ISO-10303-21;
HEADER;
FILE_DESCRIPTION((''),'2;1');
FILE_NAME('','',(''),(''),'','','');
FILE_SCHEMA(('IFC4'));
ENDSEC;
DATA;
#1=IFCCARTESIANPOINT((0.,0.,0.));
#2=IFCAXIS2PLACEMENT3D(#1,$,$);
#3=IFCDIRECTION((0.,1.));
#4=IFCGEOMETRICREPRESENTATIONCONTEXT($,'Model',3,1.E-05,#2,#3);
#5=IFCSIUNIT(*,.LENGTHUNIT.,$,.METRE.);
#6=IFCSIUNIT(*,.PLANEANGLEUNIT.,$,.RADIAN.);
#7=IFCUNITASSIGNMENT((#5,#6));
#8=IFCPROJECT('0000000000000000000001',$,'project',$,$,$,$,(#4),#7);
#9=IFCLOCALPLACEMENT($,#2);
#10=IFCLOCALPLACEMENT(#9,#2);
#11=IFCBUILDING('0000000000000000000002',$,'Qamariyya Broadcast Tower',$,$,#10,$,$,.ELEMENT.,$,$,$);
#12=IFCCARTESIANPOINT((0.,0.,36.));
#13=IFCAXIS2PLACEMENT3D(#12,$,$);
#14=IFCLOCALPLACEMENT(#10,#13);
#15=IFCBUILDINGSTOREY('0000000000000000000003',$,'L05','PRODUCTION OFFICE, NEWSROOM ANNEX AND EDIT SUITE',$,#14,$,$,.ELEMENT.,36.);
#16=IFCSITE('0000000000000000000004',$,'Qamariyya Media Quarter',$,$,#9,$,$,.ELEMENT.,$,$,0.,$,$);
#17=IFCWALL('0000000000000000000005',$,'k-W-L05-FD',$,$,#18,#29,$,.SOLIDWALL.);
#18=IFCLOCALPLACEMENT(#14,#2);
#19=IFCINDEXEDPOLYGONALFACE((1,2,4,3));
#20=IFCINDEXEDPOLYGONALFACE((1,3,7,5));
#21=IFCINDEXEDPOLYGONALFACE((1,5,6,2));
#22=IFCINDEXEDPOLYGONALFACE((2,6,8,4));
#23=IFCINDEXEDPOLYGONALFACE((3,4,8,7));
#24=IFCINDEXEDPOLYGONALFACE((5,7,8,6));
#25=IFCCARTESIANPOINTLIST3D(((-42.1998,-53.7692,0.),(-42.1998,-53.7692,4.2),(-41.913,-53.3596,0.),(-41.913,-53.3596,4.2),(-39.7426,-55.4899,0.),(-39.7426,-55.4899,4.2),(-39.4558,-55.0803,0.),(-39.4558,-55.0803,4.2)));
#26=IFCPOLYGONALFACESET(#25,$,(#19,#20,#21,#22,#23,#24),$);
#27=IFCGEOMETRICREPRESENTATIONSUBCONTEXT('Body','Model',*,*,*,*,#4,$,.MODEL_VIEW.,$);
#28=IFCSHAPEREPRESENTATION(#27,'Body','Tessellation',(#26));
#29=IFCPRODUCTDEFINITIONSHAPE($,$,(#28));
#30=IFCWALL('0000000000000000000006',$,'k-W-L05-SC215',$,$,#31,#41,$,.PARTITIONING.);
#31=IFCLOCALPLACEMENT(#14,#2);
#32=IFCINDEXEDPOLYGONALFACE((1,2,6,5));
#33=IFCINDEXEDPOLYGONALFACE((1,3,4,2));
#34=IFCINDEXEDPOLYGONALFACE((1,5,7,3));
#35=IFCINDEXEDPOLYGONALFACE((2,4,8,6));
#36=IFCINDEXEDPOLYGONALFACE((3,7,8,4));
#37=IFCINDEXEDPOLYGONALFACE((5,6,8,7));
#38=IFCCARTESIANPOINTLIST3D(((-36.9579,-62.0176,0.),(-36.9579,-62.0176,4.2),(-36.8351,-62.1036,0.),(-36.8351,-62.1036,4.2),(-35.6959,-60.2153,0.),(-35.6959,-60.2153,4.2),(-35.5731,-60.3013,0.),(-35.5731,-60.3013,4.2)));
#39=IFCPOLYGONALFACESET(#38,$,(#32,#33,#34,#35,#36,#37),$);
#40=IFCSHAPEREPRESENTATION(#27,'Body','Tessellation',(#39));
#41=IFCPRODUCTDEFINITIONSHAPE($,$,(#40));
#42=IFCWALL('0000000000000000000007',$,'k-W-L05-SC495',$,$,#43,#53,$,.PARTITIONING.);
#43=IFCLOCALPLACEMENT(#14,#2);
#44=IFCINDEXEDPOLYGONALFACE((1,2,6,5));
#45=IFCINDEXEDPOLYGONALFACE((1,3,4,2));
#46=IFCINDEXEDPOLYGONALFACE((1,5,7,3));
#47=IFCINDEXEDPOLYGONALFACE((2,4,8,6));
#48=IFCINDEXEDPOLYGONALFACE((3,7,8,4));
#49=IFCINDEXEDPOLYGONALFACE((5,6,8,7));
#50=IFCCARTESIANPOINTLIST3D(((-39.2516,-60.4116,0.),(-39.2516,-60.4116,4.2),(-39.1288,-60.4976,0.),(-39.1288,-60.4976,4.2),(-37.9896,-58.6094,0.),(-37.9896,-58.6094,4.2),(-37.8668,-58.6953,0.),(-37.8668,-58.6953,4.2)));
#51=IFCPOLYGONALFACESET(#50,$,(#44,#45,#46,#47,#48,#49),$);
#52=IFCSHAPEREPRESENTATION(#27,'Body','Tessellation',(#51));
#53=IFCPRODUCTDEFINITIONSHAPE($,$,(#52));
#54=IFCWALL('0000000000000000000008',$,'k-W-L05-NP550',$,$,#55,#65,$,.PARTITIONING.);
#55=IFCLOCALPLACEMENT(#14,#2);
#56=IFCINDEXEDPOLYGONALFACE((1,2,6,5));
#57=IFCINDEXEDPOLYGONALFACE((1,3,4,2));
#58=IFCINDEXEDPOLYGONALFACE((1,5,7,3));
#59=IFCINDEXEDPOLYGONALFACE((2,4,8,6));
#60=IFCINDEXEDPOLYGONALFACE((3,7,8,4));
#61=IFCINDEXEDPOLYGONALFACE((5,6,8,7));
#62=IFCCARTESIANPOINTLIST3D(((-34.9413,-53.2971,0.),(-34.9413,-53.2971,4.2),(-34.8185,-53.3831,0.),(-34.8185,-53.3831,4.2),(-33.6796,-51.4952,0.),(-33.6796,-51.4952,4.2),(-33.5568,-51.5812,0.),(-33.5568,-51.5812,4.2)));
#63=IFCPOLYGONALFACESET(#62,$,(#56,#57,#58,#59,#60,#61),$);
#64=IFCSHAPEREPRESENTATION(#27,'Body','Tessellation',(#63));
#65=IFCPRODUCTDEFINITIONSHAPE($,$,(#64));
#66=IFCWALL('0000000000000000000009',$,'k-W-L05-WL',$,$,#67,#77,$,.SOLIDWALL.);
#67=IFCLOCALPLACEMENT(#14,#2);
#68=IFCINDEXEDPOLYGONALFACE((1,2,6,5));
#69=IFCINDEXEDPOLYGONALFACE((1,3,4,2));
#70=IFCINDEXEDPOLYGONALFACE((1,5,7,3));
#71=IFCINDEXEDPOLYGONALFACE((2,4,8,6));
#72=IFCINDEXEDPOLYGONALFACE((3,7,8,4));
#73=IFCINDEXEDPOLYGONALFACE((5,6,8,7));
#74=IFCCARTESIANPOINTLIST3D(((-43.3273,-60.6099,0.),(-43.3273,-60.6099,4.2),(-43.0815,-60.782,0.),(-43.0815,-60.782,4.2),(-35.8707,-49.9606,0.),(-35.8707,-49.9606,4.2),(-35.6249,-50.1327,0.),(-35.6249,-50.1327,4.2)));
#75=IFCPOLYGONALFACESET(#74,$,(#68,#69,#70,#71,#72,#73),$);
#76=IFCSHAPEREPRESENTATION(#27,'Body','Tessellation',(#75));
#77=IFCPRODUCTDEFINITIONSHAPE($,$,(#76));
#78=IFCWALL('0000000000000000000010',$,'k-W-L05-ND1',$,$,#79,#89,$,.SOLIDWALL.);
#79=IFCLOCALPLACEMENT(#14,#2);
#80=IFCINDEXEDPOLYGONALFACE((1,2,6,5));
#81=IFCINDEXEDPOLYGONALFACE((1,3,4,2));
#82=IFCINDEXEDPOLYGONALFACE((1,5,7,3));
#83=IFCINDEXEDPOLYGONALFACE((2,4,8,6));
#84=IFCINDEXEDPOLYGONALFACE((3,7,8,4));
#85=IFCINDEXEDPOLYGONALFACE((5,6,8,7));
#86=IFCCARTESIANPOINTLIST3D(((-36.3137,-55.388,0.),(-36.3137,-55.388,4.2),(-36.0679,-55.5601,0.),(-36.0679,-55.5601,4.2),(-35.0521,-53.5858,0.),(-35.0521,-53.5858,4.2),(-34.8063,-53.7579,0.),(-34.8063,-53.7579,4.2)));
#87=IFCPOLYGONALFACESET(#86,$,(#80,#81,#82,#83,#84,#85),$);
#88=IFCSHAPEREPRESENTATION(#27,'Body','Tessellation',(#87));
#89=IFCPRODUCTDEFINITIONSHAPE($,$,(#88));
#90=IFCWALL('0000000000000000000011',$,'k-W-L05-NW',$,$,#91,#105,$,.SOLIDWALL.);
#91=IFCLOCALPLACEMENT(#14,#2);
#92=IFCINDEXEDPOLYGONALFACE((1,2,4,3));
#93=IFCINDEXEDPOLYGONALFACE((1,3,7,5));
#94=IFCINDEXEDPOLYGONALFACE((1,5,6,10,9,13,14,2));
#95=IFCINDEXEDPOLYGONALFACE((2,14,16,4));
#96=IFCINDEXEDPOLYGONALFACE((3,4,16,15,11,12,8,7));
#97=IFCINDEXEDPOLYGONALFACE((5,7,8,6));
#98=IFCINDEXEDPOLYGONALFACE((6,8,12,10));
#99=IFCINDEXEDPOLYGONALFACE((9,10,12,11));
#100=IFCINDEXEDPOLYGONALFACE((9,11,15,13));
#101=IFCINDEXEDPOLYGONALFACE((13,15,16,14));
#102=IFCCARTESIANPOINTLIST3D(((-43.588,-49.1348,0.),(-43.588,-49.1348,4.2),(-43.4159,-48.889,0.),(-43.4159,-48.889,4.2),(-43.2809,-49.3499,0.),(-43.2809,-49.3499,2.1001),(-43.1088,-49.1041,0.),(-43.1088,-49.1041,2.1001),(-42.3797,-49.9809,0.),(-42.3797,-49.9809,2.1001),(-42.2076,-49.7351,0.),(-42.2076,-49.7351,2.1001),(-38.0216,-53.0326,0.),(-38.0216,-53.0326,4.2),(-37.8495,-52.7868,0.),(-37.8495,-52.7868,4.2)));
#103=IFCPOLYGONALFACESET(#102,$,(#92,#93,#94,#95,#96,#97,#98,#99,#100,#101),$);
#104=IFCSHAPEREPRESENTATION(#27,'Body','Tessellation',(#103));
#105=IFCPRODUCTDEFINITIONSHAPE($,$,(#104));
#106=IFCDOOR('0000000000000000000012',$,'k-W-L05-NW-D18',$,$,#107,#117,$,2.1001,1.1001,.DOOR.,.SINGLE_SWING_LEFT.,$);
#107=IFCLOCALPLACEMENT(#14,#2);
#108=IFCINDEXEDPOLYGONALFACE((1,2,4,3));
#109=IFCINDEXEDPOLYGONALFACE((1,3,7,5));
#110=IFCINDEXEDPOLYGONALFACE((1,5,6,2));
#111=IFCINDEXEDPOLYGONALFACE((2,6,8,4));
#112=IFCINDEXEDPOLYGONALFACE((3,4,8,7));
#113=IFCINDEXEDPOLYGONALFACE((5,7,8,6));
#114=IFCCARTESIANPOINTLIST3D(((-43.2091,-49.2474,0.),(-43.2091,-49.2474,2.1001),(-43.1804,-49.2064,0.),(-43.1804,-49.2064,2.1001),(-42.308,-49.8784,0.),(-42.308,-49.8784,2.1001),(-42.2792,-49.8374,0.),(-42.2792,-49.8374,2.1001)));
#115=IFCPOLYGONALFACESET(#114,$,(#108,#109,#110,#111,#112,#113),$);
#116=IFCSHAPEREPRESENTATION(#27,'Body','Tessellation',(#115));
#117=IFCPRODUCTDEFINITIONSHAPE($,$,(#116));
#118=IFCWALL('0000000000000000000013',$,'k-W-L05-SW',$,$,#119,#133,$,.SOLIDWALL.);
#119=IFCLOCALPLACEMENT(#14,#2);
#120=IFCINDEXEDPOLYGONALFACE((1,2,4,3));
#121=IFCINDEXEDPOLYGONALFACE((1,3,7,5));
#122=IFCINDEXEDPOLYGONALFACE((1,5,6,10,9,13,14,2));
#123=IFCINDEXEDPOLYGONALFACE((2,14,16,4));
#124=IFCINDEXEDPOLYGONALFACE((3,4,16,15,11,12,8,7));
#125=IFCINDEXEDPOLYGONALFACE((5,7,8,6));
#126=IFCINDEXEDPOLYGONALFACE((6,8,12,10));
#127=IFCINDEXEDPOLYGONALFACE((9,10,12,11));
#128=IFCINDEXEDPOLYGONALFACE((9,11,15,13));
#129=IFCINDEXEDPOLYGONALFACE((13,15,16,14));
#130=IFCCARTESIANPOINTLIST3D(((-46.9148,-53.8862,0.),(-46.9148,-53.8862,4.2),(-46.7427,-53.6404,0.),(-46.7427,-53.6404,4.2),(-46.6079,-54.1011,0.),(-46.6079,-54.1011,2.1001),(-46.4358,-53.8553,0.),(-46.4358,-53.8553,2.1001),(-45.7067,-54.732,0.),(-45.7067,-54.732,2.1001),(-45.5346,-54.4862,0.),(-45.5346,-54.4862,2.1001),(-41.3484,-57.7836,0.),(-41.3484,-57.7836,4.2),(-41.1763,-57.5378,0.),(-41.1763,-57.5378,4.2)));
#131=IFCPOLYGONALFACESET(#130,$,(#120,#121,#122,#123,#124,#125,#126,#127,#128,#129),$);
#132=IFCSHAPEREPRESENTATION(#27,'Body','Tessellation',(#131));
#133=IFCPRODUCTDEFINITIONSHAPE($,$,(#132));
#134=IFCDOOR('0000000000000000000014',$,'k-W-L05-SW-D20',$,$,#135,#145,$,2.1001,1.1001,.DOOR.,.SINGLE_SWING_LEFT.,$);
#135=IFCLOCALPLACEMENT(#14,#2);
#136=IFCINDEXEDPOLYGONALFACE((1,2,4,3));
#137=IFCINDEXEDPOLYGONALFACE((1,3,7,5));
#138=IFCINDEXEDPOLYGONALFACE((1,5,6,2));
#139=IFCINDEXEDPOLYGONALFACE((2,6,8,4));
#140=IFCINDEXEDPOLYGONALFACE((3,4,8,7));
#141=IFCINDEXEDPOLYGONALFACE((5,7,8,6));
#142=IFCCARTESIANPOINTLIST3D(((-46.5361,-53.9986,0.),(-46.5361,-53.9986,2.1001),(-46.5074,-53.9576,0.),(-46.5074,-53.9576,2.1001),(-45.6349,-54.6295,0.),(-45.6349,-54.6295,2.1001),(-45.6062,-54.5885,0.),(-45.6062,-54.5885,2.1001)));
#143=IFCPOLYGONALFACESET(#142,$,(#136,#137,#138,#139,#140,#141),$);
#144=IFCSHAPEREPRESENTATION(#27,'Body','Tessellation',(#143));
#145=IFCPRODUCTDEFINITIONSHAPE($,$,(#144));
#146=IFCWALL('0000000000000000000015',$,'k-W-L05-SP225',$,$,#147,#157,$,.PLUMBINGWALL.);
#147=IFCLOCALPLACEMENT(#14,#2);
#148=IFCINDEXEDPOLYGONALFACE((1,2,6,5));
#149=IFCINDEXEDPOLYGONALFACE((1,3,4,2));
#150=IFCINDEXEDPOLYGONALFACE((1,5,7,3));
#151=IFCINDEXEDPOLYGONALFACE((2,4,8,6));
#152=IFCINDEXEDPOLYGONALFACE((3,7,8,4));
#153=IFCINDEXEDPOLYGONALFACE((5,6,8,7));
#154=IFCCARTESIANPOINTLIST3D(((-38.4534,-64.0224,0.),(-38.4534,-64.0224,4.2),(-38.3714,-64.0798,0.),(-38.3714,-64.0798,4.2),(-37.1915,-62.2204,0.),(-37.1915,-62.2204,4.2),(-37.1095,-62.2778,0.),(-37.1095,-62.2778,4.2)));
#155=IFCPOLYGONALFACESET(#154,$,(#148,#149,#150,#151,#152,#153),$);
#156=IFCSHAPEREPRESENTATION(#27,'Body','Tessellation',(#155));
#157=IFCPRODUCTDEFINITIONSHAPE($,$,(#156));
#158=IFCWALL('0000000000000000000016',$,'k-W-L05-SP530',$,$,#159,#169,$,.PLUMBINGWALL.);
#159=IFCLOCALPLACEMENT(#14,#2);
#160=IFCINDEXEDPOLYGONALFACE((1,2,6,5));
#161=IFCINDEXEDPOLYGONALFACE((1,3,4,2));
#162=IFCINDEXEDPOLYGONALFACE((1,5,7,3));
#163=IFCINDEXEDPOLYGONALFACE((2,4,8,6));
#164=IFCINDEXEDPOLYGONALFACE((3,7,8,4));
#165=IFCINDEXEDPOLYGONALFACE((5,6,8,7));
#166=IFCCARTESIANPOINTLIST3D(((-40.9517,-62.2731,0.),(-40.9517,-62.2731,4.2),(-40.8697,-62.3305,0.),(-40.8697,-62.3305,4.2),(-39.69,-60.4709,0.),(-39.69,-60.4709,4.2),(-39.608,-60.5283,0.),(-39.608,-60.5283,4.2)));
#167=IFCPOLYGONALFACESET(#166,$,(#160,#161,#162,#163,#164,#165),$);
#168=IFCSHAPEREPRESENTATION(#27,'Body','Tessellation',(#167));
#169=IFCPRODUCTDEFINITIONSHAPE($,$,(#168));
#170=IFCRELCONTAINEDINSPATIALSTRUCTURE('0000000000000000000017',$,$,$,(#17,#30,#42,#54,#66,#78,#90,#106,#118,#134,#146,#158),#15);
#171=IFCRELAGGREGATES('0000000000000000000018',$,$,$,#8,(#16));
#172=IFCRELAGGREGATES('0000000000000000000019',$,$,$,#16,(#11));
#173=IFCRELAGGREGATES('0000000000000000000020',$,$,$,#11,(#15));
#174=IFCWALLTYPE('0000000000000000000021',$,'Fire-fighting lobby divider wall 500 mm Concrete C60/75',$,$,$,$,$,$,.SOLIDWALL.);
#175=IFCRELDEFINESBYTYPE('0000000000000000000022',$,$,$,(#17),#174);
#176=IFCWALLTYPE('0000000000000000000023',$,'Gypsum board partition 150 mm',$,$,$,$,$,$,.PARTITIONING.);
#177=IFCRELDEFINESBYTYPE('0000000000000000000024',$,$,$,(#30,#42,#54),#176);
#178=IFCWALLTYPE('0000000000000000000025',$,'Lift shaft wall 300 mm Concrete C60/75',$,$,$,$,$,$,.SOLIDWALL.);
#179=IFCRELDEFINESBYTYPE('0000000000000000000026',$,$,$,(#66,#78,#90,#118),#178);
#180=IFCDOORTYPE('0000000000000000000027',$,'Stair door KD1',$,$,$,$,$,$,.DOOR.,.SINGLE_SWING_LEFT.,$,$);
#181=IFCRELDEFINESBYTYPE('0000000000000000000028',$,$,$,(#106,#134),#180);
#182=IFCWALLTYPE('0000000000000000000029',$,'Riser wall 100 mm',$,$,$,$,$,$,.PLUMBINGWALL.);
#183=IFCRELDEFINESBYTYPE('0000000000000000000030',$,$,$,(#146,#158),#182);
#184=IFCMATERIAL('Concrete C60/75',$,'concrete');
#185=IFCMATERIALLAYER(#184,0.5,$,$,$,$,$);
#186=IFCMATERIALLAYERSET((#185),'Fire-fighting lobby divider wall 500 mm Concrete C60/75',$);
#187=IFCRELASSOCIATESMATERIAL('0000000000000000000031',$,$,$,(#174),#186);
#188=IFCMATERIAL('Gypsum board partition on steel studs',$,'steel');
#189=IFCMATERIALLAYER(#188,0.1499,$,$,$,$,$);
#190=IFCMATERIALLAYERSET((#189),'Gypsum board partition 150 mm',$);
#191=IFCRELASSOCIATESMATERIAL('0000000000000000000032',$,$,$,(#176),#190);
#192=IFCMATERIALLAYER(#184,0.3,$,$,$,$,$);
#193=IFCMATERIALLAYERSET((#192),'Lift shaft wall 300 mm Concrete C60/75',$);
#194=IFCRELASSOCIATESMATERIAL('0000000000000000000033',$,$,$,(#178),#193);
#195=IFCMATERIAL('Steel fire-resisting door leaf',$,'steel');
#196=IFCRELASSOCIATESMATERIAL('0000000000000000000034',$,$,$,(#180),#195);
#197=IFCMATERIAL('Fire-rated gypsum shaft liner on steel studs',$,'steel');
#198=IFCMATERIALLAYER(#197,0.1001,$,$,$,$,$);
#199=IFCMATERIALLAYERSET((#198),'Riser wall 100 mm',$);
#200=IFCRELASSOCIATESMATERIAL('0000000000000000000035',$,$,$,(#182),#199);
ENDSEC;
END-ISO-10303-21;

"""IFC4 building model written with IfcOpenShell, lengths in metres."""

from ifc_helpers import new_model, si_unit, direction, frame, frame_2d, origin, place, context, subcontext, project, spatial, rectangle, extrude, material, layer, layer_set, type_object, element, fill, save


model = new_model("IFC4")

# Units and contexts
model_context = context("Model", 3, precision=1e-05, world=origin(), true_north=direction((0.0, 1.0)))
body_context = subcontext(model_context, "Body", "Model", "MODEL_VIEW")
ifc_project = project(units=[si_unit("LENGTHUNIT", "METRE"), si_unit("PLANEANGLEUNIT", "RADIAN")], contexts=[model_context])

# Site, building, storey
site_placement = place(None, origin())
site = spatial("IfcSite", under=ifc_project, at=site_placement, Name="Qamariyya Media Quarter", CompositionType="ELEMENT", RefElevation=0.0)
building_placement = place(site_placement, origin())
building = spatial("IfcBuilding", under=site, at=building_placement, Name="Qamariyya Broadcast Tower", CompositionType="ELEMENT")
storey_placement = place(building_placement, frame((0.0, 0.0, 36.0)))
storey = spatial("IfcBuildingStorey", under=building, at=storey_placement, Name="L05", Description="PRODUCTION OFFICE, NEWSROOM ANNEX AND EDIT SUITE", CompositionType="ELEMENT", Elevation=36.0)

# Walls
ifc_material_1 = material(Name="Concrete C60/75", Category="concrete")
ifc_layer_1 = layer(ifc_material_1, 0.5)
ifc_layer_set_1 = layer_set([ifc_layer_1], Name="Fire-fighting lobby divider wall 500 mm Concrete C60/75")
wall_type_1 = type_object("IfcWallType", Name="Fire-fighting lobby divider wall 500 mm Concrete C60/75", PredefinedType="SOLIDWALL", material=ifc_layer_set_1)
wall_1_placement = place(storey_placement, frame((-39.5991, -55.2852, 0.0), z_axis=(0.0, 0.0, 1.0), x_axis=(-0.819136, 0.573599, 0.0)))
element("IfcWall", 1, at=wall_1_placement, inside=storey, type_object=wall_type_1, Name="k-W-L05-FD", PredefinedType="SOLIDWALL", context=body_context, shape_type="SweptSolid", body=[
    extrude(rectangle(XDim=2.9998, YDim=0.5, at=frame_2d((1.5, 0.0))), origin(), (0.0, 0.0, 1.0), 4.2),
])
ifc_material_2 = material(Name="Gypsum board partition on steel studs", Category="steel")
ifc_layer_2 = layer(ifc_material_2, 0.1499)
ifc_layer_set_2 = layer_set([ifc_layer_2], Name="Gypsum board partition 150 mm")
wall_type_2 = type_object("IfcWallType", Name="Gypsum board partition 150 mm", PredefinedType="PARTITIONING", material=ifc_layer_set_2)
for number, where, z_axis, x_axis, name in (
    (2, (-35.6345, -60.2583, 0.0), (0.0, 0.0, 1.0), (-0.573581, -0.819149, 0.0), "k-W-L05-SC215"),
    (3, (-37.9282, -58.6523, 0.0), (0.0, 0.0, 1.0), (-0.573581, -0.819149, 0.0), "k-W-L05-SC495"),
):
    element("IfcWall", number, at=place(storey_placement, frame(where, z_axis=z_axis, x_axis=x_axis)), inside=storey, type_object=wall_type_2, Name=name, PredefinedType="PARTITIONING", context=body_context, shape_type="SweptSolid", body=[
        extrude(rectangle(XDim=2.2002, YDim=0.1499, at=frame_2d((1.1001, 0.0))), origin(), (0.0, 0.0, 1.0), 4.2),
    ])
wall_2_placement = place(storey_placement, frame((-34.8799, -53.3401, 0.0), z_axis=(0.0, 0.0, 1.0), x_axis=(0.573559, 0.819164, 0.0)))
element("IfcWall", 4, at=wall_2_placement, inside=storey, type_object=wall_type_2, Name="k-W-L05-NP550", PredefinedType="PARTITIONING", context=body_context, shape_type="SweptSolid", body=[
    extrude(rectangle(XDim=2.1997, YDim=0.1499, at=frame_2d((1.0999, 0.0))), origin(), (0.0, 0.0, 1.0), 4.2),
])
ifc_layer_3 = layer(ifc_material_1, 0.3)
ifc_layer_set_3 = layer_set([ifc_layer_3], Name="Lift shaft wall 300 mm Concrete C60/75")
wall_type_3 = type_object("IfcWallType", Name="Lift shaft wall 300 mm Concrete C60/75", PredefinedType="SOLIDWALL", material=ifc_layer_set_3)
wall_3_placement = place(storey_placement, frame((-43.2043, -60.6958, 0.0), z_axis=(0.0, 0.0, 1.0), x_axis=(0.573572, 0.819155, 0.0)))
element("IfcWall", 5, at=wall_3_placement, inside=storey, type_object=wall_type_3, Name="k-W-L05-WL", PredefinedType="SOLIDWALL", context=body_context, shape_type="SweptSolid", body=[
    extrude(rectangle(XDim=13.0002, YDim=0.3, at=frame_2d((6.5, 0.0))), origin(), (0.0, 0.0, 1.0), 4.2),
])
wall_4_placement = place(storey_placement, frame((-36.1909, -55.4741, 0.0), z_axis=(0.0, 0.0, 1.0), x_axis=(0.573507, 0.819201, 0.0)))
element("IfcWall", 6, at=wall_4_placement, inside=storey, type_object=wall_type_3, Name="k-W-L05-ND1", PredefinedType="SOLIDWALL", context=body_context, shape_type="SweptSolid", body=[
    extrude(rectangle(XDim=2.2, YDim=0.3, at=frame_2d((1.1001, 0.0))), origin(), (0.0, 0.0, 1.0), 4.2),
])

# Walls, openings, doors
wall_5_placement = place(storey_placement, frame((-37.9355, -52.9097, 0.0), z_axis=(0.0, 0.0, 1.0), x_axis=(-0.819148, 0.573583, 0.0)))
wall_5 = element("IfcWall", 7, at=wall_5_placement, inside=storey, type_object=wall_type_3, Name="k-W-L05-NW", PredefinedType="SOLIDWALL", context=body_context, shape_type="SweptSolid", body=[
    extrude(rectangle(XDim=6.7954, YDim=0.3, at=frame_2d((3.3977, 0.0))), origin(), (0.0, 0.0, 1.0), 4.2),
])
opening_1_placement = place(wall_5_placement, frame((5.3203, 0.0, 0.0)))
opening_1 = element("IfcOpeningElement", 8, at=opening_1_placement, cuts=wall_5, PredefinedType="OPENING", context=body_context, shape_type="SweptSolid", body=[
    extrude(rectangle(XDim=1.1001, YDim=2.1001, at=frame_2d((0.55, 1.05))), frame((0.0, 0.1599, 0.0), z_axis=(0.0, -1.0, 0.0), x_axis=(1.0, 0.0, 0.0)), (0.0, 0.0, 1.0), 0.3201),
])
ifc_material_3 = material(Name="Steel fire-resisting door leaf", Category="steel")
door_type = type_object("IfcDoorType", Name="Stair door KD1", OperationType="SINGLE_SWING_LEFT", PredefinedType="DOOR", material=ifc_material_3)
door_1_placement = place(opening_1_placement, origin())
door_1 = element("IfcDoor", 9, at=door_1_placement, inside=storey, type_object=door_type, Name="k-W-L05-NW-D18", OperationType="SINGLE_SWING_LEFT", OverallHeight=2.1001, OverallWidth=1.1001, PredefinedType="DOOR", context=body_context, shape_type="SweptSolid", body=[
    extrude(rectangle(XDim=1.1001, YDim=2.1001, at=frame_2d((0.55, 1.05))), frame((0.0, 0.0249, 0.0), z_axis=(0.0, -1.0, 0.0), x_axis=(1.0, 0.0, 0.0)), (0.0, 0.0, 1.0), 0.05),
])
fill(opening_1, door_1)
wall_6_placement = place(storey_placement, frame((-41.2625, -57.6606, 0.0), z_axis=(0.0, 0.0, 1.0), x_axis=(-0.819164, 0.573559, 0.0)))
wall_6 = element("IfcWall", 10, at=wall_6_placement, inside=storey, type_object=wall_type_3, Name="k-W-L05-SW", PredefinedType="SOLIDWALL", context=body_context, shape_type="SweptSolid", body=[
    extrude(rectangle(XDim=6.7952, YDim=0.3, at=frame_2d((3.3975, 0.0))), origin(), (0.0, 0.0, 1.0), 4.2),
])
opening_2_placement = place(wall_6_placement, frame((5.3203, 0.0, 0.0)))
opening_2 = element("IfcOpeningElement", 11, at=opening_2_placement, cuts=wall_6, PredefinedType="OPENING", context=body_context, shape_type="SweptSolid", body=[
    extrude(rectangle(XDim=1.1001, YDim=2.1001, at=frame_2d((0.55, 1.05))), frame((0.0, 0.1599, 0.0), z_axis=(0.0, -1.0, 0.0), x_axis=(1.0, 0.0, 0.0)), (0.0, 0.0, 1.0), 0.3201),
])
door_2_placement = place(opening_2_placement, origin())
door_2 = element("IfcDoor", 12, at=door_2_placement, inside=storey, type_object=door_type, Name="k-W-L05-SW-D20", OperationType="SINGLE_SWING_LEFT", OverallHeight=2.1001, OverallWidth=1.1001, PredefinedType="DOOR", context=body_context, shape_type="SweptSolid", body=[
    extrude(rectangle(XDim=1.1001, YDim=2.1001, at=frame_2d((0.55, 1.05))), frame((0.0, 0.0249, 0.0), z_axis=(0.0, -1.0, 0.0), x_axis=(1.0, 0.0, 0.0)), (0.0, 0.0, 1.0), 0.05),
])
fill(opening_2, door_2)

# Walls
ifc_material_4 = material(Name="Fire-rated gypsum shaft liner on steel studs", Category="steel")
ifc_layer_4 = layer(ifc_material_4, 0.1001)
ifc_layer_set_4 = layer_set([ifc_layer_4], Name="Riser wall 100 mm")
wall_type_4 = type_object("IfcWallType", Name="Riser wall 100 mm", PredefinedType="PLUMBINGWALL", material=ifc_layer_set_4)
for number, where, z_axis, x_axis, name in (
    (13, (-37.1504, -62.249, 0.0), (0.0, 0.0, 1.0), (-0.573634, -0.819112, 0.0), "k-W-L05-SP225"),
    (14, (-39.6489, -60.4995, 0.0), (0.0, 0.0, 1.0), (-0.573507, -0.819201, 0.0), "k-W-L05-SP530"),
):
    element("IfcWall", number, at=place(storey_placement, frame(where, z_axis=z_axis, x_axis=x_axis)), inside=storey, type_object=wall_type_4, Name=name, PredefinedType="PLUMBINGWALL", context=body_context, shape_type="SweptSolid", body=[
        extrude(rectangle(XDim=2.2, YDim=0.1001, at=frame_2d((1.1001, 0.0))), origin(), (0.0, 0.0, 1.0), 4.2),
    ])

save(model, "model.ifc")
